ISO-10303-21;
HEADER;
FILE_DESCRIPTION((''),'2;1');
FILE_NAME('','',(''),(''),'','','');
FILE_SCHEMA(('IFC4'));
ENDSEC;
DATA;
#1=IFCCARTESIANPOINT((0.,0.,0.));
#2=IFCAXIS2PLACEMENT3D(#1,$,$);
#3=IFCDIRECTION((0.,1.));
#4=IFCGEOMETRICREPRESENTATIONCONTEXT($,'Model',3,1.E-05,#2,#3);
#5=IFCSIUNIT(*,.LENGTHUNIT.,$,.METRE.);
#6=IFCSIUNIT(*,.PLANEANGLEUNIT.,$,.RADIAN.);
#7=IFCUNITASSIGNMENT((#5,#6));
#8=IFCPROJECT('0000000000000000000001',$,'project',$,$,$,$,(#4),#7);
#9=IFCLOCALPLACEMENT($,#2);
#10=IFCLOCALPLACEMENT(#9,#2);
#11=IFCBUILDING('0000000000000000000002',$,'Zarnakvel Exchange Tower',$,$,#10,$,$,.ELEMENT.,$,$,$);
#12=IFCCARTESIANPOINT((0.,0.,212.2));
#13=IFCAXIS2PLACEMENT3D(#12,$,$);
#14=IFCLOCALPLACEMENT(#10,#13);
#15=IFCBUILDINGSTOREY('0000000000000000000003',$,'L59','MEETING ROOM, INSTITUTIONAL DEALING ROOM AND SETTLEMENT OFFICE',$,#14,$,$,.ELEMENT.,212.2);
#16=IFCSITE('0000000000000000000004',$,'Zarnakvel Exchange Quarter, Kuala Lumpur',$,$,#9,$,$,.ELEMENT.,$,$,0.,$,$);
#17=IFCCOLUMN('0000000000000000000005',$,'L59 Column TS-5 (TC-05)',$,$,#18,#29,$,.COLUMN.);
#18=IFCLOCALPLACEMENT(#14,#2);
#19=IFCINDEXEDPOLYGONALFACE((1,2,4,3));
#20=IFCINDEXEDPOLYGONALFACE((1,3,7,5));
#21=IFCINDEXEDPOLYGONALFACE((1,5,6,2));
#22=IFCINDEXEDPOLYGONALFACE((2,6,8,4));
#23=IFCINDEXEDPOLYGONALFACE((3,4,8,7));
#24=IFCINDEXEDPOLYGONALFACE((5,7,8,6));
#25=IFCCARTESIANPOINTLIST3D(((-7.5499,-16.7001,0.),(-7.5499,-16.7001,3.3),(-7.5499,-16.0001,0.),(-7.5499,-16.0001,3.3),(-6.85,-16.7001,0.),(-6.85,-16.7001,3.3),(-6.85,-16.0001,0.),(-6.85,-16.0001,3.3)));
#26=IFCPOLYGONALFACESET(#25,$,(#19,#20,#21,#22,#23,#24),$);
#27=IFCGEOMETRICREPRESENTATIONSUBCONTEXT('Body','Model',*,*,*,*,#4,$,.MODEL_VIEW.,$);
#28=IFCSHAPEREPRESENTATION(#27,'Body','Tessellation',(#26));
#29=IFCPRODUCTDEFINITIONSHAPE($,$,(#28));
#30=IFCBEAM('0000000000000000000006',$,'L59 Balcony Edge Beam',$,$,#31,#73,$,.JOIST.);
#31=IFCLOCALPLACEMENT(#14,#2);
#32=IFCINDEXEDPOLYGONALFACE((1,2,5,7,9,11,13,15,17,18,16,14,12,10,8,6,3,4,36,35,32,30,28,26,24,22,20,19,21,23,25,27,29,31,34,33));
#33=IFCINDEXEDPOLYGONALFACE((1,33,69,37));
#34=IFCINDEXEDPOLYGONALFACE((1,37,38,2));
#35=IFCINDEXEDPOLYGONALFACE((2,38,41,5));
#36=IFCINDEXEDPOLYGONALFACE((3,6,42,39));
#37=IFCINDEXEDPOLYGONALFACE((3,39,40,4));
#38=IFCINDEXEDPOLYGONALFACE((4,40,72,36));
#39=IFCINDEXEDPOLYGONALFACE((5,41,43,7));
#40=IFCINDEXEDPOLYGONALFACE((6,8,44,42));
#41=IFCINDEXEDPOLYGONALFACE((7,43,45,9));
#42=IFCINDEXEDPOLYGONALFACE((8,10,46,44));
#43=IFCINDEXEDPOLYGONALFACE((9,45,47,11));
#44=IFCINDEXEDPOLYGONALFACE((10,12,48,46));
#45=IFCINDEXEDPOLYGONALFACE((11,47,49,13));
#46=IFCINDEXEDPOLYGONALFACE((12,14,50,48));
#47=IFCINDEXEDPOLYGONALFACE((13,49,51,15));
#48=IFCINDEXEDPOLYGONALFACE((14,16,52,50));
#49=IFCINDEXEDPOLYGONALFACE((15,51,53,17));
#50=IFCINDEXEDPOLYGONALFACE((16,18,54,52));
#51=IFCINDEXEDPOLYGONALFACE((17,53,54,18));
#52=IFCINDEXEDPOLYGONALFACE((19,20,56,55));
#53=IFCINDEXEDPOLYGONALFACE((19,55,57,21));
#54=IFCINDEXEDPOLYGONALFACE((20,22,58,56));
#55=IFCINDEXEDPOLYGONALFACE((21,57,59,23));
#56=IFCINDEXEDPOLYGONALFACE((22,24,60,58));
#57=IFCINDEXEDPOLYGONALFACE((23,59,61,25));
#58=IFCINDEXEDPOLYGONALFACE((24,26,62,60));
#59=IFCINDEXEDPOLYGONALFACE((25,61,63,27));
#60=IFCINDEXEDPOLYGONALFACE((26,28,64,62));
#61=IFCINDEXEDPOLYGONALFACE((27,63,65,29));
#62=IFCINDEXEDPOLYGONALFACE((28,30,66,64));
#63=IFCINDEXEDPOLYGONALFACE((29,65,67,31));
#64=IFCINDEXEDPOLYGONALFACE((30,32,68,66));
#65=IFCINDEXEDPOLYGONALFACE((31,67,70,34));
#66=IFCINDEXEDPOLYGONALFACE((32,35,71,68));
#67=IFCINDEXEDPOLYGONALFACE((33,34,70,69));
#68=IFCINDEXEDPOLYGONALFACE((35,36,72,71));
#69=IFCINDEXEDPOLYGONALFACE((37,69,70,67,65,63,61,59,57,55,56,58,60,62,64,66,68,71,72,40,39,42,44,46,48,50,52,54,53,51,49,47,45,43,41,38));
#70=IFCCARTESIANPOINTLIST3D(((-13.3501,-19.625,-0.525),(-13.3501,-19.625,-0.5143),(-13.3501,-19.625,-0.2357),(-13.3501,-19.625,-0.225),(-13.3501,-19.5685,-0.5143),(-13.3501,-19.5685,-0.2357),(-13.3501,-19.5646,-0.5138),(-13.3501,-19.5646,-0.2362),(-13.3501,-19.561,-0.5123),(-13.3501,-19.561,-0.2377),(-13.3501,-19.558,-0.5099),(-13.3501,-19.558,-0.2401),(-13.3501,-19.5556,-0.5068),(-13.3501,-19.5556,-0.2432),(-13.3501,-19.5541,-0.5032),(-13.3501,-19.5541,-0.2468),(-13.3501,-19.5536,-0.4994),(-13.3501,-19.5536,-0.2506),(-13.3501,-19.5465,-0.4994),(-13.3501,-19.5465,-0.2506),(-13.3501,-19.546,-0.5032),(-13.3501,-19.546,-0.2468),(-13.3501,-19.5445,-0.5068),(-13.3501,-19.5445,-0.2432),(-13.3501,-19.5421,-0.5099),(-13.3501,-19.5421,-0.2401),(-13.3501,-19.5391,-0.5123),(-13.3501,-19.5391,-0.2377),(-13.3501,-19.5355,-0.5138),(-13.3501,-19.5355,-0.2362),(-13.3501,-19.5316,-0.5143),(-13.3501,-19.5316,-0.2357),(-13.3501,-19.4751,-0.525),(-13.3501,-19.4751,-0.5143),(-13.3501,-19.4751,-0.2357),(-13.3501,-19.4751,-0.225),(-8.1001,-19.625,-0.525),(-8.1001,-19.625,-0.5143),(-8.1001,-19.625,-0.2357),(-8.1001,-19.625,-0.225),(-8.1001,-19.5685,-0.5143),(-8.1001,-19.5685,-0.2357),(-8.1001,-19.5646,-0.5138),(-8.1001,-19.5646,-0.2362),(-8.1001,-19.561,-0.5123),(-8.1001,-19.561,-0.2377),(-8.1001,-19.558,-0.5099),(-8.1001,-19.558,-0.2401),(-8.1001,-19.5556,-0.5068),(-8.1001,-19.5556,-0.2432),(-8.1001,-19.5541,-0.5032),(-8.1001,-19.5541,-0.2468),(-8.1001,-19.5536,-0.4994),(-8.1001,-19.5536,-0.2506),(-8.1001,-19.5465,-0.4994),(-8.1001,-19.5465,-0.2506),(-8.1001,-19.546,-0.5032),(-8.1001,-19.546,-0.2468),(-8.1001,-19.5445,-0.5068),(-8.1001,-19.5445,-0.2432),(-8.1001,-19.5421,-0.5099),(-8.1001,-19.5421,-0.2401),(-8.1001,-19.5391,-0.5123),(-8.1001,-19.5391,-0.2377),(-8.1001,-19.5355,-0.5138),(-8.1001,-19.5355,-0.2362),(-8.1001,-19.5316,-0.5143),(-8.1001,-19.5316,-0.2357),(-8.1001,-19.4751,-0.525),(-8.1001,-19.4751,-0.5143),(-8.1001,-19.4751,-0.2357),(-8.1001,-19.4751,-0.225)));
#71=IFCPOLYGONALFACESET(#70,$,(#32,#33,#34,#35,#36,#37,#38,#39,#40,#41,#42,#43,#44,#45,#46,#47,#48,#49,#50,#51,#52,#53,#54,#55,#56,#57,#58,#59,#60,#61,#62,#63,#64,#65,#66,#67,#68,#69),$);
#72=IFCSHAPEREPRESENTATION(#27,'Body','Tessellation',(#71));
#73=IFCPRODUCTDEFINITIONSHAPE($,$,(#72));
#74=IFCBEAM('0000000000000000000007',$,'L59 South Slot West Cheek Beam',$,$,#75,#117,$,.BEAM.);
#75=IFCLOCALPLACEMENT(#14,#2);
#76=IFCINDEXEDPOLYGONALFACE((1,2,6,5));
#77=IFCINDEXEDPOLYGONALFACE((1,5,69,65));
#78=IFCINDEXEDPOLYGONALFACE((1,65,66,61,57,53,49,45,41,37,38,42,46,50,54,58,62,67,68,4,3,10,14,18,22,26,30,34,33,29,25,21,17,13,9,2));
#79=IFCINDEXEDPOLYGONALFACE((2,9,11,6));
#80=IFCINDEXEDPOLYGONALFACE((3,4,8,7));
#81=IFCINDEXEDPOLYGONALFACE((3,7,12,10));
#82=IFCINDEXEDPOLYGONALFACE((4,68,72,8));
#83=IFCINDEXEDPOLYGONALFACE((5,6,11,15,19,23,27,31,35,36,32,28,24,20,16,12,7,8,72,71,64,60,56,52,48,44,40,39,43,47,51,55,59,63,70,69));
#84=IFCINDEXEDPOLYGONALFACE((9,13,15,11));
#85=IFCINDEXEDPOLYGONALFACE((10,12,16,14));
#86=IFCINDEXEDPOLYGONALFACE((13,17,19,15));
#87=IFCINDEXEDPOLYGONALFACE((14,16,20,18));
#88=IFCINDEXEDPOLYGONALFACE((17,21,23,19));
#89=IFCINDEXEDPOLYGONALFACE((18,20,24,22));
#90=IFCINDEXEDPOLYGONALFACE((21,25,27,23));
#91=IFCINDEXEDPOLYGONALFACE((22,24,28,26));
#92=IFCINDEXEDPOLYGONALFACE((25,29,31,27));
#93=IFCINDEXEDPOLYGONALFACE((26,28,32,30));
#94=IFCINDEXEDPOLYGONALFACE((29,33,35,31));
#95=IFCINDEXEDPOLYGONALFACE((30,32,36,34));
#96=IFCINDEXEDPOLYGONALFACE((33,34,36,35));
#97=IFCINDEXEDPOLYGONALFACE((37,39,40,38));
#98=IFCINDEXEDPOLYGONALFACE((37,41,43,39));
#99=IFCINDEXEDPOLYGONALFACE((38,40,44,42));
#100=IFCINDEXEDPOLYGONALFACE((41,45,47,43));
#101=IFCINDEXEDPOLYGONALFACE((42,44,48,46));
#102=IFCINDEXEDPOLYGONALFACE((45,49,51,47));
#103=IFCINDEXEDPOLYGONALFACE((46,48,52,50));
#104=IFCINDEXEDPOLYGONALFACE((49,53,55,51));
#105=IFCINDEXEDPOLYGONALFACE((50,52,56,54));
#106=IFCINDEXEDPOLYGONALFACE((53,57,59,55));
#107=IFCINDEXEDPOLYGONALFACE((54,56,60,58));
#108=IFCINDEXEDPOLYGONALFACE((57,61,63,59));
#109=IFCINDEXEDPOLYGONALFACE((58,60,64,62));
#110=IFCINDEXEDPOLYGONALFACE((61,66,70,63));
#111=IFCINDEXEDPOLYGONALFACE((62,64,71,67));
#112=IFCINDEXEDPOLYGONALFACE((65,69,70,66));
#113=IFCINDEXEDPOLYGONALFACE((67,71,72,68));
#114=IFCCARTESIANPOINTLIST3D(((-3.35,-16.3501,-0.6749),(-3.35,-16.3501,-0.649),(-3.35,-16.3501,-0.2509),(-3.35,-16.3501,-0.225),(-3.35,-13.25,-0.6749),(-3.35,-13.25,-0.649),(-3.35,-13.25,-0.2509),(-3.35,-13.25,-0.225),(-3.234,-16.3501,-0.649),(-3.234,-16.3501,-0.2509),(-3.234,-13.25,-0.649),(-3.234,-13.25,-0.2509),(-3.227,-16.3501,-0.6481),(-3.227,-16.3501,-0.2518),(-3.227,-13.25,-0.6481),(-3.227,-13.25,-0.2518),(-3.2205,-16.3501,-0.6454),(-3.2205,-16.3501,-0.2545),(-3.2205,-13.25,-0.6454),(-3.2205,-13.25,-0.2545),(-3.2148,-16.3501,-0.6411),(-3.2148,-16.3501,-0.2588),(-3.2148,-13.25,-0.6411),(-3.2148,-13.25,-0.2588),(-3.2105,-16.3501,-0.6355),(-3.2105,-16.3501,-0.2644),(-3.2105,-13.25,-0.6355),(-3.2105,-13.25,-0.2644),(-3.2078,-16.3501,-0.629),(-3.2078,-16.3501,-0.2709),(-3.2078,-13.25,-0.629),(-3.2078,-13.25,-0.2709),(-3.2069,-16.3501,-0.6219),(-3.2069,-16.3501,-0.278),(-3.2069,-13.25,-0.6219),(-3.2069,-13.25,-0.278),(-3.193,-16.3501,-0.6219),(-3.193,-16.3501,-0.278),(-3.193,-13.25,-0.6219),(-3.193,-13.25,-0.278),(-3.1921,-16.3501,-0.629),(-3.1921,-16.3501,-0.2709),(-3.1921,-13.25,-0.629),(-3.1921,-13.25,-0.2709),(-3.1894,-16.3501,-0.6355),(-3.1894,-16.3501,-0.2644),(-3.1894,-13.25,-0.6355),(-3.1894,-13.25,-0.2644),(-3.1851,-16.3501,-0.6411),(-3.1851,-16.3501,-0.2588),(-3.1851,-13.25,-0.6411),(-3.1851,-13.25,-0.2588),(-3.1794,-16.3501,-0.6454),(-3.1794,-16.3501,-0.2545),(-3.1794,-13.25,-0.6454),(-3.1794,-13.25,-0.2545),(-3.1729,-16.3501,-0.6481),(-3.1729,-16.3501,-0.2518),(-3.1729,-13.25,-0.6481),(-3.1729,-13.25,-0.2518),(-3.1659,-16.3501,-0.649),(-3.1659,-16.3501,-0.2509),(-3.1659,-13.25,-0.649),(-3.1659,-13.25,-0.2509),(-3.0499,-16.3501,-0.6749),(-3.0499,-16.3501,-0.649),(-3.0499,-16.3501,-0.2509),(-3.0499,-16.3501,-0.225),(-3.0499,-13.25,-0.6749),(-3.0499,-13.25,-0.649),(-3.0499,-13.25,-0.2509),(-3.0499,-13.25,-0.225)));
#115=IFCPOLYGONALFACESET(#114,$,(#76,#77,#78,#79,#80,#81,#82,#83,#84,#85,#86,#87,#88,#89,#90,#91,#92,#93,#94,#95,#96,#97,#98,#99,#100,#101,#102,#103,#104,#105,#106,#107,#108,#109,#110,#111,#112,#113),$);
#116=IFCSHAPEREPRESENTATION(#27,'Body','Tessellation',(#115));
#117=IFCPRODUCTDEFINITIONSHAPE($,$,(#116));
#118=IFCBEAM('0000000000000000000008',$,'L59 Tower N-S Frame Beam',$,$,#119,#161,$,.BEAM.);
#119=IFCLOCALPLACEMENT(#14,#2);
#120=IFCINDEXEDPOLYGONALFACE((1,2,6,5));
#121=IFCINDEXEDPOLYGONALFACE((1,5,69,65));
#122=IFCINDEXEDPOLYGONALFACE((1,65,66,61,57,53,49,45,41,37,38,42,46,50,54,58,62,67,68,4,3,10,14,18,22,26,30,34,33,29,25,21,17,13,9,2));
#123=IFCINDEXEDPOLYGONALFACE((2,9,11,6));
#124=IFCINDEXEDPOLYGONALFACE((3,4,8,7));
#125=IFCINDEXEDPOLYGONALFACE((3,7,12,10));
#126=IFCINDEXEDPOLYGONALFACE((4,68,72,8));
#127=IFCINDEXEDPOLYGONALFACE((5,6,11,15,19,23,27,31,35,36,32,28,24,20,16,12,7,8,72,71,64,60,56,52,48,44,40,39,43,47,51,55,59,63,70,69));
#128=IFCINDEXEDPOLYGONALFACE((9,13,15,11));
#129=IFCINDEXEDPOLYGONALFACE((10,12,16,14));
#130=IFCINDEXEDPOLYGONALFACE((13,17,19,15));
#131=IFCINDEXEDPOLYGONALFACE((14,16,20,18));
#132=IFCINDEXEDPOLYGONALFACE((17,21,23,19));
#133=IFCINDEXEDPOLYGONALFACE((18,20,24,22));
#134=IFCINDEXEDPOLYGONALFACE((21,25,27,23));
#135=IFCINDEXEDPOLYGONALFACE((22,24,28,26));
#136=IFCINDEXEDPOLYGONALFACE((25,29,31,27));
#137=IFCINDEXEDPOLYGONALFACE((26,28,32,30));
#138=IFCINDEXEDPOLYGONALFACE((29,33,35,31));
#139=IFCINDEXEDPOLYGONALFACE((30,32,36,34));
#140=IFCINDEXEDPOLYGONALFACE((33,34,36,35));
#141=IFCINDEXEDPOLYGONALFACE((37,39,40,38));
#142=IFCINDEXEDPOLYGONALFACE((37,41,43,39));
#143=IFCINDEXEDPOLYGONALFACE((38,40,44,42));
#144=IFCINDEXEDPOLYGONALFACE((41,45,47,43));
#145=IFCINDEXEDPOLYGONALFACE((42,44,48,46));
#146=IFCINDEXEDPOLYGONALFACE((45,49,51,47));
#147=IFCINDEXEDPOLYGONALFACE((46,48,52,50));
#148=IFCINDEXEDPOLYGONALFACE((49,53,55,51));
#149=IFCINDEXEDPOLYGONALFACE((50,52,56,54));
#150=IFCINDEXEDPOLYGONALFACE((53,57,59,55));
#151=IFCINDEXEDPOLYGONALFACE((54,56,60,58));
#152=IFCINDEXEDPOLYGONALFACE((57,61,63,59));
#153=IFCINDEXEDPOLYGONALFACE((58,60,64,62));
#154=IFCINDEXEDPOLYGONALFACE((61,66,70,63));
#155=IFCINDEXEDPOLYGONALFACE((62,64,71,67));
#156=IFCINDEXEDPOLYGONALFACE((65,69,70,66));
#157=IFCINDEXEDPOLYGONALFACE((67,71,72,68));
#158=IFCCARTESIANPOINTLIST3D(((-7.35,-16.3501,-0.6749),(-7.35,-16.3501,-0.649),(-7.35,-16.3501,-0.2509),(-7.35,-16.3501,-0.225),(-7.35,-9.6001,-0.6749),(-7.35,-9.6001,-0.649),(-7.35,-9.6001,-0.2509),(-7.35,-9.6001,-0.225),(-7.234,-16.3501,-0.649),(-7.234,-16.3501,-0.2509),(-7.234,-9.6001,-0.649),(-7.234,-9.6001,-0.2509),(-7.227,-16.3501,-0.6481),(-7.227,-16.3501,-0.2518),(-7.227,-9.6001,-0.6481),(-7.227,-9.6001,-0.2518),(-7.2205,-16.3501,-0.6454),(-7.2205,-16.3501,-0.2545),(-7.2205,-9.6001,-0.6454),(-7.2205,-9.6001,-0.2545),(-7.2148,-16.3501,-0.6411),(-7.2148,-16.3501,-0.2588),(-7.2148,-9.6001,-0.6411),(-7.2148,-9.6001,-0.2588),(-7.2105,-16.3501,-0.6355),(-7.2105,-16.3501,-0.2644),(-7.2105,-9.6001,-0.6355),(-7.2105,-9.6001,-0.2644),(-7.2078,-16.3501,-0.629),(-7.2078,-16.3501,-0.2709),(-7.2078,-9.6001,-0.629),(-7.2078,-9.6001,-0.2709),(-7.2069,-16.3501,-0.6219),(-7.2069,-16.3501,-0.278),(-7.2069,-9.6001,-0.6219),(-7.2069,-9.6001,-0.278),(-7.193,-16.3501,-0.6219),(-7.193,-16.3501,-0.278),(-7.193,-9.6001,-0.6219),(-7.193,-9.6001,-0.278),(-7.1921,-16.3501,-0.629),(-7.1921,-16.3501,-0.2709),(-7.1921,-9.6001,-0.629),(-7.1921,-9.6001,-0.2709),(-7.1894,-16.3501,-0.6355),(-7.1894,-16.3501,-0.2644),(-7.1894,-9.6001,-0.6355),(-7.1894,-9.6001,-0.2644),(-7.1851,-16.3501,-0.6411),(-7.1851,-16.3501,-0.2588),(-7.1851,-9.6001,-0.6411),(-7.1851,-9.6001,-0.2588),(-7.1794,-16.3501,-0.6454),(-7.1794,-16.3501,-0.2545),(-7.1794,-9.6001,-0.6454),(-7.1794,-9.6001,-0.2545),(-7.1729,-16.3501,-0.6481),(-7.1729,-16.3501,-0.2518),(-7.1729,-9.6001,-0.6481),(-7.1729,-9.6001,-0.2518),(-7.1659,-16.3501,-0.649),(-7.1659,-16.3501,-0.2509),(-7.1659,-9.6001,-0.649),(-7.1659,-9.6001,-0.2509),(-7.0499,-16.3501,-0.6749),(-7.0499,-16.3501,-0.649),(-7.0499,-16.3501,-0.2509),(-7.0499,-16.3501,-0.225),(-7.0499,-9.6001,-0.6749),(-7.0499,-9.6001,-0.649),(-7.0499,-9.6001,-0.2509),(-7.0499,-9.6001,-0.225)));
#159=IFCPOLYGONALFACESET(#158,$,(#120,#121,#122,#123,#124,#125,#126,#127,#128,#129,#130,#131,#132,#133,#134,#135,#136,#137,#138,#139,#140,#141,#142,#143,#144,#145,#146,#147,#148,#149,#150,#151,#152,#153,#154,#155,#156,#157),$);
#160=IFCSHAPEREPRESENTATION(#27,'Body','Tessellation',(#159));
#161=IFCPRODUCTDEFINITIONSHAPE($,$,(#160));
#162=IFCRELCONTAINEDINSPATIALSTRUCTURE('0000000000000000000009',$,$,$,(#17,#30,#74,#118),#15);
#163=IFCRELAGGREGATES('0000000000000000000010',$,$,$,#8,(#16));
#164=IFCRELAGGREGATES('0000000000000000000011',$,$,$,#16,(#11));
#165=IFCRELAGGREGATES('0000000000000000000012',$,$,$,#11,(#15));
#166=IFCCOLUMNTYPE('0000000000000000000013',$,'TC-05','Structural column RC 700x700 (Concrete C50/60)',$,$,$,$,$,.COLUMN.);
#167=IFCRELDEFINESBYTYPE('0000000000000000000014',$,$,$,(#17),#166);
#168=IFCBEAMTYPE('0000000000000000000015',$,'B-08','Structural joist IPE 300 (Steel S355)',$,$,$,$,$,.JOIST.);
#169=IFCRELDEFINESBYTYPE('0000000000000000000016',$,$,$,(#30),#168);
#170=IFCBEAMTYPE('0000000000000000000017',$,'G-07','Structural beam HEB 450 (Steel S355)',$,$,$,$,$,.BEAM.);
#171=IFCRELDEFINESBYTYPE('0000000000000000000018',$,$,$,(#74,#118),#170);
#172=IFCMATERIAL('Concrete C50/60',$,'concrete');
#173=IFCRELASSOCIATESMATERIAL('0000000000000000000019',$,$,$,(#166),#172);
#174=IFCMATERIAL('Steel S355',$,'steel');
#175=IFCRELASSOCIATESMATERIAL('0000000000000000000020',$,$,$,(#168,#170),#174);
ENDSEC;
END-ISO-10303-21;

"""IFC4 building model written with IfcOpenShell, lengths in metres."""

from ifc_helpers import new_model, si_unit, direction, frame, origin, origin_2d, place, context, subcontext, project, spatial, rectangle, i_section, extrude, material, material_profile, profile_set, type_object, element, save


model = new_model("IFC4")

# Units and contexts
model_context = context("Model", 3, precision=1e-05, world=origin(), true_north=direction((0.0, 1.0)))
body_context = subcontext(model_context, "Body", "Model", "MODEL_VIEW")
ifc_project = project(units=[si_unit("LENGTHUNIT", "METRE"), si_unit("PLANEANGLEUNIT", "RADIAN")], contexts=[model_context])

# Site, building, storey
site_placement = place(None, origin())
site = spatial("IfcSite", under=ifc_project, at=site_placement, Name="Zarnakvel Exchange Quarter, Kuala Lumpur", CompositionType="ELEMENT", RefElevation=0.0)
building_placement = place(site_placement, origin())
building = spatial("IfcBuilding", under=site, at=building_placement, Name="Zarnakvel Exchange Tower", CompositionType="ELEMENT")
storey_placement = place(building_placement, frame((0.0, 0.0, 212.2)))
storey = spatial("IfcBuildingStorey", under=building, at=storey_placement, Name="L59", Description="MEETING ROOM, INSTITUTIONAL DEALING ROOM AND SETTLEMENT OFFICE", CompositionType="ELEMENT", Elevation=212.2)

# Column
ifc_material_1 = material(Name="Concrete C50/60", Category="concrete")
ifc_material_profile_1 = material_profile(ifc_material_1, rectangle(XDim=0.7, YDim=0.7, at=origin_2d()))
ifc_profile_set_1 = profile_set([ifc_material_profile_1], Name="Concrete C50/60")
column_type = type_object("IfcColumnType", Name="TC-05", Description="Structural column RC 700x700 (Concrete C50/60)", PredefinedType="COLUMN", material=ifc_profile_set_1)
column_placement = place(storey_placement, frame((-7.2, -16.3501, 0.0), z_axis=(0.0, 0.0, 1.0), x_axis=(1.0, 0.0, 0.0)))
element("IfcColumn", 1, at=column_placement, inside=storey, type_object=column_type, Name="L59 Column TS-5 (TC-05)", PredefinedType="COLUMN", context=body_context, shape_type="SweptSolid", body=[
    extrude(rectangle(XDim=0.7, YDim=0.7, at=origin_2d()), origin(), (0.0, 0.0, 1.0), 3.3),
])

# Beams
ifc_material_2 = material(Name="Steel S355", Category="steel")
ifc_material_profile_2 = material_profile(ifc_material_2, i_section(OverallWidth=0.1499, OverallDepth=0.3, WebThickness=0.0071, FlangeThickness=0.0107, FilletRadius=0.0149, at=origin_2d()))
ifc_profile_set_2 = profile_set([ifc_material_profile_2], Name="Steel S355")
beam_type_1 = type_object("IfcBeamType", Name="B-08", Description="Structural joist IPE 300 (Steel S355)", PredefinedType="JOIST", material=ifc_profile_set_2)
beam_1_placement = place(storey_placement, frame((-13.3501, -19.55, -0.375), z_axis=(1.0, 0.0, 0.0), x_axis=(0.0, 1.0, 0.0)))
element("IfcBeam", 2, at=beam_1_placement, inside=storey, type_object=beam_type_1, Name="L59 Balcony Edge Beam", PredefinedType="JOIST", context=body_context, shape_type="SweptSolid", body=[
    extrude(i_section(OverallWidth=0.1499, OverallDepth=0.3, WebThickness=0.0071, FlangeThickness=0.0107, FilletRadius=0.0149, at=origin_2d()), origin(), (0.0, 0.0, 1.0), 5.25),
])
ifc_material_profile_3 = material_profile(ifc_material_2, i_section(OverallWidth=0.3, OverallDepth=0.45, WebThickness=0.0139, FlangeThickness=0.0259, FilletRadius=0.0271, at=origin_2d()))
ifc_profile_set_3 = profile_set([ifc_material_profile_3], Name="Steel S355")
beam_type_2 = type_object("IfcBeamType", Name="G-07", Description="Structural beam HEB 450 (Steel S355)", PredefinedType="BEAM", material=ifc_profile_set_3)
beam_2_placement = place(storey_placement, frame((-3.2, -16.3501, -0.45), z_axis=(0.0, 1.0, 0.0), x_axis=(-1.0, 0.0, 0.0)))
element("IfcBeam", 3, at=beam_2_placement, inside=storey, type_object=beam_type_2, Name="L59 South Slot West Cheek Beam", PredefinedType="BEAM", context=body_context, shape_type="SweptSolid", body=[
    extrude(i_section(OverallWidth=0.3, OverallDepth=0.45, WebThickness=0.0139, FlangeThickness=0.0259, FilletRadius=0.0271, at=origin_2d()), origin(), (0.0, 0.0, 1.0), 3.1001),
])
beam_3_placement = place(storey_placement, frame((-7.2, -16.3501, -0.45), z_axis=(0.0, 1.0, 0.0), x_axis=(-1.0, 0.0, 0.0)))
element("IfcBeam", 4, at=beam_3_placement, inside=storey, type_object=beam_type_2, Name="L59 Tower N-S Frame Beam", PredefinedType="BEAM", context=body_context, shape_type="SweptSolid", body=[
    extrude(i_section(OverallWidth=0.3, OverallDepth=0.45, WebThickness=0.0139, FlangeThickness=0.0259, FilletRadius=0.0271, at=origin_2d()), origin(), (0.0, 0.0, 1.0), 6.75),
])

save(model, "model.ifc")
